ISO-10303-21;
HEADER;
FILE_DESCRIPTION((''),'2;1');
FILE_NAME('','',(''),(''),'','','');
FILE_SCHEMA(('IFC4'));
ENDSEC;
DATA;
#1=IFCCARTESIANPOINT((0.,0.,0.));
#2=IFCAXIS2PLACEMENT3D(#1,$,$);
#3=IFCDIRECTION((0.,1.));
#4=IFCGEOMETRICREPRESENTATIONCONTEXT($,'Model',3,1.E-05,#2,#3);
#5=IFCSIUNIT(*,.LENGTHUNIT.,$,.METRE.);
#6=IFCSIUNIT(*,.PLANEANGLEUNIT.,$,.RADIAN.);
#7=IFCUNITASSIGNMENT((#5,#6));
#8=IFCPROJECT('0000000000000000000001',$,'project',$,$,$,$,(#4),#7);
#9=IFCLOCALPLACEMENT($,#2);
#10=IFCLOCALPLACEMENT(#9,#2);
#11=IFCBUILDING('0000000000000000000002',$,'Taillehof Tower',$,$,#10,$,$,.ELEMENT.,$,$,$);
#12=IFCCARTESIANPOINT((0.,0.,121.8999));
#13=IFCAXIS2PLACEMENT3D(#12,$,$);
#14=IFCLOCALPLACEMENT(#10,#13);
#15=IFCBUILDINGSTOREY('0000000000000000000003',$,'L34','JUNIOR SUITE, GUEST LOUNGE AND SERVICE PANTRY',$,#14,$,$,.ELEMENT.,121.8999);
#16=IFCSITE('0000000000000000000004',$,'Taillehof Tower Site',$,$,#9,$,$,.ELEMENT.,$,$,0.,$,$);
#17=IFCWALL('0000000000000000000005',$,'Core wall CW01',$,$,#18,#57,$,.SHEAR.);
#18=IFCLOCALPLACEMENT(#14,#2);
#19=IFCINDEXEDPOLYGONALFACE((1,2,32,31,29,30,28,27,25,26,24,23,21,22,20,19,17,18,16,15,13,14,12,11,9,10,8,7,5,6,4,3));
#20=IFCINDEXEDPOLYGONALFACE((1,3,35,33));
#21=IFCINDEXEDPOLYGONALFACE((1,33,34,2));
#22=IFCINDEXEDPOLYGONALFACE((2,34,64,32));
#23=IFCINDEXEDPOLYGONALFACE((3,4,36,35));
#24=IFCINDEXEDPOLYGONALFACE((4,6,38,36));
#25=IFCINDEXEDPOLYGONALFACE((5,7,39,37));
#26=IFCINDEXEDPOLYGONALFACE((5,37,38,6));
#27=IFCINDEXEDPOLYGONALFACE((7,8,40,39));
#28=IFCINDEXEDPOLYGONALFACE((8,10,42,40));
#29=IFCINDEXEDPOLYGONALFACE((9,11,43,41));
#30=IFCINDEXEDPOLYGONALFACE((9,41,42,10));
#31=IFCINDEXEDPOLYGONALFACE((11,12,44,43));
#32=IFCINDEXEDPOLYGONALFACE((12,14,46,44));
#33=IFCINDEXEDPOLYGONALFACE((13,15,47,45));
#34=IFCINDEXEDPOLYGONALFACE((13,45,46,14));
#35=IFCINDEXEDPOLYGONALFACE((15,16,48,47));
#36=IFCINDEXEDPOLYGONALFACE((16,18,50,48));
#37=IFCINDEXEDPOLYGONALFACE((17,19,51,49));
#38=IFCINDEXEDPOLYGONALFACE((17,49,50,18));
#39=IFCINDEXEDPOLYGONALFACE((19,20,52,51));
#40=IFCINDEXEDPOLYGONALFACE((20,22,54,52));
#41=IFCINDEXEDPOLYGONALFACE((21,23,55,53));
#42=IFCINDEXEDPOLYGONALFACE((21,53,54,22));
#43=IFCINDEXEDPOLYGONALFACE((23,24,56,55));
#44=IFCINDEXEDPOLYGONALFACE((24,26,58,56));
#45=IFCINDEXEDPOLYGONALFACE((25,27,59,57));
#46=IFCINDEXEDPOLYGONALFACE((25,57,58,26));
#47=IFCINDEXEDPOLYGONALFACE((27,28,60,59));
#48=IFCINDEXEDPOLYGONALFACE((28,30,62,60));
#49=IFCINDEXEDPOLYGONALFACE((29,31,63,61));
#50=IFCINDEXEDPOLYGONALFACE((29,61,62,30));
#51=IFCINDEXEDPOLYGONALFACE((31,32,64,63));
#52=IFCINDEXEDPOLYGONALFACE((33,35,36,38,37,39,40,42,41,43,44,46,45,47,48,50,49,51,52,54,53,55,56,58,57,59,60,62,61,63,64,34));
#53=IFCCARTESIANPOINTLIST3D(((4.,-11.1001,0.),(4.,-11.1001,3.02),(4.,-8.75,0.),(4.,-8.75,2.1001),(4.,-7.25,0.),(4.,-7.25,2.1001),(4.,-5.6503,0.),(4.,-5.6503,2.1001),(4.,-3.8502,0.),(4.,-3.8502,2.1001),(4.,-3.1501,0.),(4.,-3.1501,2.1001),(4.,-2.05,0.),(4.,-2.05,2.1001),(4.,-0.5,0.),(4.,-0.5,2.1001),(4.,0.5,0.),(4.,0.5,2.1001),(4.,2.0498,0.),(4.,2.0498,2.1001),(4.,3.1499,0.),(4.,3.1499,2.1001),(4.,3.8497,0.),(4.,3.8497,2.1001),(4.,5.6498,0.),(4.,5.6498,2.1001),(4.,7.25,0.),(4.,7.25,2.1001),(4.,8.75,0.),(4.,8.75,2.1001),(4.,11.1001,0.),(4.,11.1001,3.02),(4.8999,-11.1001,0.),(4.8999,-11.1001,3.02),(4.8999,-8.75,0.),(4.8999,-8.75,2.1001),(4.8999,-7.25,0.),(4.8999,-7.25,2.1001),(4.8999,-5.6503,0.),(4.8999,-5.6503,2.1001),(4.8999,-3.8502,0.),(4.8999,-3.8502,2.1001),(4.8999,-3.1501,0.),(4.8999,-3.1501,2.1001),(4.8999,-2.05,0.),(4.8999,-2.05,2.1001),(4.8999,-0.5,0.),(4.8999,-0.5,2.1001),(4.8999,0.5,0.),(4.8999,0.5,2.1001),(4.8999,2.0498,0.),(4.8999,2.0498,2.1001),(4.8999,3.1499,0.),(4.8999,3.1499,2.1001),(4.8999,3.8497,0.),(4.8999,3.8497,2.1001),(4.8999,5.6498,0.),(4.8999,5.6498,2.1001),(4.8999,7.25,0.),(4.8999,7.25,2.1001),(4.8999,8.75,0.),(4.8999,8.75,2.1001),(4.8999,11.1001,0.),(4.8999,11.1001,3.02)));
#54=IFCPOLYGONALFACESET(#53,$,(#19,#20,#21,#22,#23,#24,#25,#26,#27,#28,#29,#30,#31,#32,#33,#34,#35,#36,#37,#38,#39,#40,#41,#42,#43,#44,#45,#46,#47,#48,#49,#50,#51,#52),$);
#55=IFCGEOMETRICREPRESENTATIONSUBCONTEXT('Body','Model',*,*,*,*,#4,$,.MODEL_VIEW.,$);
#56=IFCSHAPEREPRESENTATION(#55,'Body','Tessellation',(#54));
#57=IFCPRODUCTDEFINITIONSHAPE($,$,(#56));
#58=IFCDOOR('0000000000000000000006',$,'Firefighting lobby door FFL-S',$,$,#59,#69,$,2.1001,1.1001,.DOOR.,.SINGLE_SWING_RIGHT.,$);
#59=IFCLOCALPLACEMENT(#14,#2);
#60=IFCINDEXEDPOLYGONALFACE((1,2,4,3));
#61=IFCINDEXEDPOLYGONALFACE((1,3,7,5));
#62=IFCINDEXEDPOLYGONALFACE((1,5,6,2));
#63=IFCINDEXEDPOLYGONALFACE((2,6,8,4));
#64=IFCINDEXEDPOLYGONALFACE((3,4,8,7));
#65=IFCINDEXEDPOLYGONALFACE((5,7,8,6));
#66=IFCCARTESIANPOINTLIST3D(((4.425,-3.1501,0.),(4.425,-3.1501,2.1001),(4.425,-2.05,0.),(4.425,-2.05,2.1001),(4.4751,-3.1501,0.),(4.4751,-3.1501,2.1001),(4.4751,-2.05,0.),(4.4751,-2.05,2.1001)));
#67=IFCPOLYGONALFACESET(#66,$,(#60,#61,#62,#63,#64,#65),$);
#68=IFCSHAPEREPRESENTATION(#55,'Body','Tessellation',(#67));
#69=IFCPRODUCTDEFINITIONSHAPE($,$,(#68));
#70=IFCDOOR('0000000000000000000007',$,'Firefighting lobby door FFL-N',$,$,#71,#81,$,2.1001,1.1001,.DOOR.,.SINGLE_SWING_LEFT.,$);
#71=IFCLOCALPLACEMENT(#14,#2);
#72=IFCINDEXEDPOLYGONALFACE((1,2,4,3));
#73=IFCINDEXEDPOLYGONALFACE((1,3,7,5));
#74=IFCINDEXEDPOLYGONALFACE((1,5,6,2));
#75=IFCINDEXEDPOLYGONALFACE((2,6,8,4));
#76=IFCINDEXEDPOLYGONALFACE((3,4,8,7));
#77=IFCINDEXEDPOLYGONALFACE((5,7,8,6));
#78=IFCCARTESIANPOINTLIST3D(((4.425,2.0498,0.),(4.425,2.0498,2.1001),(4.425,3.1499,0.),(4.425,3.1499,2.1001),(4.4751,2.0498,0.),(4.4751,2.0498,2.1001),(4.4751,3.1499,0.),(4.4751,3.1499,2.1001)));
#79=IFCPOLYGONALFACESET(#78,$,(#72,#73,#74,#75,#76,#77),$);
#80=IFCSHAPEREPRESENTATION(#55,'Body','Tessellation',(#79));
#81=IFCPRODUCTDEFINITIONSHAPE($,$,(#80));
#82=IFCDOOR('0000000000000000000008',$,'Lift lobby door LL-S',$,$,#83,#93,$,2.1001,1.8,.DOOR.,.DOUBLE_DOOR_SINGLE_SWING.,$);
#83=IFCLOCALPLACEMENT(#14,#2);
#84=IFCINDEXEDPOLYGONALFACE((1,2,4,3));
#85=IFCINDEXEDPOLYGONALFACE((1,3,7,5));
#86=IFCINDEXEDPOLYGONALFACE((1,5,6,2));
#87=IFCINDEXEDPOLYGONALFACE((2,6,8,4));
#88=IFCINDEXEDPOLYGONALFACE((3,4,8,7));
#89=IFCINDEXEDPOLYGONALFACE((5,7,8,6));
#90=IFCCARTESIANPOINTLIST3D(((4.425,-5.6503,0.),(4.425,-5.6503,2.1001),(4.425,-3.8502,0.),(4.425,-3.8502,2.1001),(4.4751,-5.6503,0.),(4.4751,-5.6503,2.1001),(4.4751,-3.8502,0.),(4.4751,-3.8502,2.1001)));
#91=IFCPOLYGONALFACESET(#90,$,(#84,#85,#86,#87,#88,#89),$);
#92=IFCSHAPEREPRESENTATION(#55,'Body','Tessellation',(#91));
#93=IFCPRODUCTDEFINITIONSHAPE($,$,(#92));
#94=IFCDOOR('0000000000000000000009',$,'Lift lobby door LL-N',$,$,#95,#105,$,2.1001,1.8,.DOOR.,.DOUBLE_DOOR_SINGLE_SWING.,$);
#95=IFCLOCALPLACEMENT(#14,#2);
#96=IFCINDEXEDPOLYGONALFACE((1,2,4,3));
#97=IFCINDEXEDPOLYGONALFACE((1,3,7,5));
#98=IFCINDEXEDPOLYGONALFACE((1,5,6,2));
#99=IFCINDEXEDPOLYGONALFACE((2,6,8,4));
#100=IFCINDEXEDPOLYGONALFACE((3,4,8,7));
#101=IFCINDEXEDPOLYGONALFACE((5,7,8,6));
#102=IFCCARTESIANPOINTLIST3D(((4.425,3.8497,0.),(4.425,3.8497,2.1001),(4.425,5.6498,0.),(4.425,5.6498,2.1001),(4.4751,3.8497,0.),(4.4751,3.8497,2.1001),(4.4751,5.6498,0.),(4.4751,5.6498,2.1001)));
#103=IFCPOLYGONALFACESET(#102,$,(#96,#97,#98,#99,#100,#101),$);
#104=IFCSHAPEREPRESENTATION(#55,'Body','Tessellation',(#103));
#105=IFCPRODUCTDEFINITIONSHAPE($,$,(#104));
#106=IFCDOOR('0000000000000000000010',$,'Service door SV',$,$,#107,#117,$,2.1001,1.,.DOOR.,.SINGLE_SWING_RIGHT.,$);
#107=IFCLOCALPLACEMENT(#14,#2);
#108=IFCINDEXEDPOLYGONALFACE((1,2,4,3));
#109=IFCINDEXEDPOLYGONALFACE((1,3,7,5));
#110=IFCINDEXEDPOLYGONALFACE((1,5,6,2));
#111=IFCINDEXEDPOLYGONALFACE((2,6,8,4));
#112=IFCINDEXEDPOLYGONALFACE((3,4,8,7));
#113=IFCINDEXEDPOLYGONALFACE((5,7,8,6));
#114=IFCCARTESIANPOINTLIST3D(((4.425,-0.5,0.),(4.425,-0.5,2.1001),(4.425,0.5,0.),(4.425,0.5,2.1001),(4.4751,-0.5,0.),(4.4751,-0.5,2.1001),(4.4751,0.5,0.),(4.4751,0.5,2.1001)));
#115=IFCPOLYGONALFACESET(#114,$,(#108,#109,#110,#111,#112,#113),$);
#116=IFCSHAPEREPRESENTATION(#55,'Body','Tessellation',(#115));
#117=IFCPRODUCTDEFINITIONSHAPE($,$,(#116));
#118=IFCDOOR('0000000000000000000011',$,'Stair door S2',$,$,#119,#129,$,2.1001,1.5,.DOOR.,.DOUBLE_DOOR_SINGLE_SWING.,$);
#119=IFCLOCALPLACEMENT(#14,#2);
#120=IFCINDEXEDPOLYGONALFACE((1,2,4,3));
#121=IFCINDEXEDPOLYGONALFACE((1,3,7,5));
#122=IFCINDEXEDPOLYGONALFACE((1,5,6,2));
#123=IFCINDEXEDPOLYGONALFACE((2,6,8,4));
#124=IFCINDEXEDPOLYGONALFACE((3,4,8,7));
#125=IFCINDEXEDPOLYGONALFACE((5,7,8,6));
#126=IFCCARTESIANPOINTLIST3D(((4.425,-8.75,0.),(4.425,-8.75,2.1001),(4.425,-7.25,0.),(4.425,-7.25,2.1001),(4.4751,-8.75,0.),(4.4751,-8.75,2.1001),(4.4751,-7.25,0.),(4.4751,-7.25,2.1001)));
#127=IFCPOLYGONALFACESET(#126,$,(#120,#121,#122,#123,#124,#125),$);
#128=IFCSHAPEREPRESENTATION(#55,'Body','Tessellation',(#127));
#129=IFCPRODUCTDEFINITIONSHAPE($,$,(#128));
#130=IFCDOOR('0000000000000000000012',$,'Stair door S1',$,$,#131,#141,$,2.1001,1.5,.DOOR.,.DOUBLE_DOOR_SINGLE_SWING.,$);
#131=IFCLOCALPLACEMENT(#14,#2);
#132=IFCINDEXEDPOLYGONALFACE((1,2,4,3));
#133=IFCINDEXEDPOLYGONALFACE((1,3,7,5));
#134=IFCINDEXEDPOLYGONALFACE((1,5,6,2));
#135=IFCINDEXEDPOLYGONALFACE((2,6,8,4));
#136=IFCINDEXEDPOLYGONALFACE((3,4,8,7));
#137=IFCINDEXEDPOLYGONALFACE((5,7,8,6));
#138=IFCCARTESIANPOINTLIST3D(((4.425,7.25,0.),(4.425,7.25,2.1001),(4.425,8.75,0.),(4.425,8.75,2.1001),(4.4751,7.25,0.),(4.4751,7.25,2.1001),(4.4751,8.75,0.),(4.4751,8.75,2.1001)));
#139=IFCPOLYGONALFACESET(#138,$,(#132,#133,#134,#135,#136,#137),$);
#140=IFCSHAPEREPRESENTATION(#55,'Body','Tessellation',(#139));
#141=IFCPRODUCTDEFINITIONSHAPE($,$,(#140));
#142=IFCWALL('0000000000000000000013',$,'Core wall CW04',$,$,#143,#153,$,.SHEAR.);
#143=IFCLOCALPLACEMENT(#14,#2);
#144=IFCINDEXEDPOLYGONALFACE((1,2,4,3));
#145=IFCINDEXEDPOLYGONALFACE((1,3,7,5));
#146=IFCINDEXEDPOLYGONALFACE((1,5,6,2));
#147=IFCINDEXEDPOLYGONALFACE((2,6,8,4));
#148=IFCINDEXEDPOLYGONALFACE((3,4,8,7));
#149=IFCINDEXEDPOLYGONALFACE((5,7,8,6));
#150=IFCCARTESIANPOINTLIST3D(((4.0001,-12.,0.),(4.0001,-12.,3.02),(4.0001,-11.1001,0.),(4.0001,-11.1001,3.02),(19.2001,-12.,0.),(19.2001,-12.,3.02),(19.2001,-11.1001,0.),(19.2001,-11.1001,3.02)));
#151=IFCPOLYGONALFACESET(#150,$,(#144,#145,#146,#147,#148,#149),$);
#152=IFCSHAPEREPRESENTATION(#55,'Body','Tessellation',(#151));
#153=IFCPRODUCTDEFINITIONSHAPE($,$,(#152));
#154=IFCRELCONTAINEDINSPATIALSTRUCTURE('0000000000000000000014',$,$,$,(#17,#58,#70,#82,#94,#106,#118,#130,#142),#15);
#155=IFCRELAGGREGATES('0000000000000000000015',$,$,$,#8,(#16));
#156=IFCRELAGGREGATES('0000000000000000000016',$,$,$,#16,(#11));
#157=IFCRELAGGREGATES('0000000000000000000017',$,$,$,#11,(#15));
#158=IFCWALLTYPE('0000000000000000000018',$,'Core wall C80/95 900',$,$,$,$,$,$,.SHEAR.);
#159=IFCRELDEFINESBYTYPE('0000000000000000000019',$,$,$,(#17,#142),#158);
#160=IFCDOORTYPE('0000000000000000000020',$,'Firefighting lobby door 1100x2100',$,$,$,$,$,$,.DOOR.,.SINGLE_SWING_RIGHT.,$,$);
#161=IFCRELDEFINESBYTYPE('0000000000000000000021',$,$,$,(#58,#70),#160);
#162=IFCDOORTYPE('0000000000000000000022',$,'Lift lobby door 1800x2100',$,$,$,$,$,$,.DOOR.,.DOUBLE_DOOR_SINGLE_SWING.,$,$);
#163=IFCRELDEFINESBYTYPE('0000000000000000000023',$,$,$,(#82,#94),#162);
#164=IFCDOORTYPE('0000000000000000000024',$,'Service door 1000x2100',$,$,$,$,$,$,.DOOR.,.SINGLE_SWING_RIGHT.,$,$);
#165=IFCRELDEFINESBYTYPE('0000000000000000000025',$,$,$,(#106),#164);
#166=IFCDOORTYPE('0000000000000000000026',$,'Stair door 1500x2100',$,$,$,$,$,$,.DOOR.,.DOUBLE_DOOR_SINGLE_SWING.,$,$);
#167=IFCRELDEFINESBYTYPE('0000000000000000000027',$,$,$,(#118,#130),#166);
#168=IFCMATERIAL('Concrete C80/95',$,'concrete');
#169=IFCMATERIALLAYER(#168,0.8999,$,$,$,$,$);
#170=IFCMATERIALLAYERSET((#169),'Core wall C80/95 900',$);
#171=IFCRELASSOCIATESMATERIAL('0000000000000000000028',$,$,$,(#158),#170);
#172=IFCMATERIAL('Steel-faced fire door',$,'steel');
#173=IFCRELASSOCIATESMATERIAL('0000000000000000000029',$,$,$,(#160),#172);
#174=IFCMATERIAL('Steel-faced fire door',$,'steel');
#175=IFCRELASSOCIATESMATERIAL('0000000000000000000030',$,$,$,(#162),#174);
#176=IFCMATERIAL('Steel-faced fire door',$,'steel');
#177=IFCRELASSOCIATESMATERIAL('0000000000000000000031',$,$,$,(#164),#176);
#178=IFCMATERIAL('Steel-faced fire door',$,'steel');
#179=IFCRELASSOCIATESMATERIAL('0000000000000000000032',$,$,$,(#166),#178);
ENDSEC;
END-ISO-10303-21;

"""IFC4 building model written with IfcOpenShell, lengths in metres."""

from ifc_helpers import new_model, si_unit, direction, frame, frame_2d, origin, place, context, subcontext, project, spatial, rectangle, extrude, material, layer, layer_set, type_object, element, fill, save


model = new_model("IFC4")

# Units and contexts
model_context = context("Model", 3, precision=1e-05, world=origin(), true_north=direction((0.0, 1.0)))
body_context = subcontext(model_context, "Body", "Model", "MODEL_VIEW")
ifc_project = project(units=[si_unit("LENGTHUNIT", "METRE"), si_unit("PLANEANGLEUNIT", "RADIAN")], contexts=[model_context])

# Site, building, storey
site_placement = place(None, origin())
site = spatial("IfcSite", under=ifc_project, at=site_placement, Name="Taillehof Tower Site", CompositionType="ELEMENT", RefElevation=0.0)
building_placement = place(site_placement, origin())
building = spatial("IfcBuilding", under=site, at=building_placement, Name="Taillehof Tower", CompositionType="ELEMENT")
storey_placement = place(building_placement, frame((0.0, 0.0, 121.8999)))
storey = spatial("IfcBuildingStorey", under=building, at=storey_placement, Name="L34", Description="JUNIOR SUITE, GUEST LOUNGE AND SERVICE PANTRY", CompositionType="ELEMENT", Elevation=121.8999)

# Wall, openings, doors
ifc_material_1 = material(Name="Concrete C80/95", Category="concrete")
ifc_layer_1 = layer(ifc_material_1, 0.8999)
ifc_layer_set_1 = layer_set([ifc_layer_1], Name="Core wall C80/95 900")
wall_type_1 = type_object("IfcWallType", Name="Core wall C80/95 900", PredefinedType="SHEAR", material=ifc_layer_set_1)
wall_1_placement = place(storey_placement, frame((4.45, -11.1001, 0.0), z_axis=(0.0, 0.0, 1.0), x_axis=(0.0, 1.0, 0.0)))
wall_1 = element("IfcWall", 1, at=wall_1_placement, inside=storey, type_object=wall_type_1, Name="Core wall CW01", PredefinedType="SHEAR", context=body_context, shape_type="SweptSolid", body=[
    extrude(rectangle(XDim=22.2002, YDim=0.8999, at=frame_2d((11.1001, 0.0))), origin(), (0.0, 0.0, 1.0), 3.02),
])
opening_1_placement = place(wall_1_placement, frame((2.3501, 0.0, 0.0)))
opening_1 = element("IfcOpeningElement", 2, at=opening_1_placement, cuts=wall_1, PredefinedType="OPENING", context=body_context, shape_type="SweptSolid", body=[
    extrude(rectangle(XDim=1.5, YDim=2.1001, at=frame_2d((0.75, 1.05))), frame((0.0, 0.46, 0.0), z_axis=(0.0, -1.0, 0.0), x_axis=(1.0, 0.0, 0.0)), (0.0, 0.0, 1.0), 0.9199),
])
opening_2_placement = place(wall_1_placement, frame((5.45, 0.0, 0.0)))
opening_2 = element("IfcOpeningElement", 3, at=opening_2_placement, cuts=wall_1, PredefinedType="OPENING", context=body_context, shape_type="SweptSolid", body=[
    extrude(rectangle(XDim=1.8, YDim=2.1001, at=frame_2d((0.8999, 1.05))), frame((0.0, 0.46, 0.0), z_axis=(0.0, -1.0, 0.0), x_axis=(1.0, 0.0, 0.0)), (0.0, 0.0, 1.0), 0.9199),
])
opening_3_placement = place(wall_1_placement, frame((7.95, 0.0, 0.0)))
opening_3 = element("IfcOpeningElement", 4, at=opening_3_placement, cuts=wall_1, PredefinedType="OPENING", context=body_context, shape_type="SweptSolid", body=[
    extrude(rectangle(XDim=1.1001, YDim=2.1001, at=frame_2d((0.55, 1.05))), frame((0.0, 0.46, 0.0), z_axis=(0.0, -1.0, 0.0), x_axis=(1.0, 0.0, 0.0)), (0.0, 0.0, 1.0), 0.9199),
])
opening_4_placement = place(wall_1_placement, frame((10.6001, 0.0, 0.0)))
opening_4 = element("IfcOpeningElement", 5, at=opening_4_placement, cuts=wall_1, PredefinedType="OPENING", context=body_context, shape_type="SweptSolid", body=[
    extrude(rectangle(XDim=1.0, YDim=2.1001, at=frame_2d((0.5, 1.05))), frame((0.0, 0.46, 0.0), z_axis=(0.0, -1.0, 0.0), x_axis=(1.0, 0.0, 0.0)), (0.0, 0.0, 1.0), 0.9199),
])
opening_5_placement = place(wall_1_placement, frame((13.1499, 0.0, 0.0)))
opening_5 = element("IfcOpeningElement", 6, at=opening_5_placement, cuts=wall_1, PredefinedType="OPENING", context=body_context, shape_type="SweptSolid", body=[
    extrude(rectangle(XDim=1.1001, YDim=2.1001, at=frame_2d((0.55, 1.05))), frame((0.0, 0.46, 0.0), z_axis=(0.0, -1.0, 0.0), x_axis=(1.0, 0.0, 0.0)), (0.0, 0.0, 1.0), 0.9199),
])
opening_6_placement = place(wall_1_placement, frame((14.95, 0.0, 0.0)))
opening_6 = element("IfcOpeningElement", 7, at=opening_6_placement, cuts=wall_1, PredefinedType="OPENING", context=body_context, shape_type="SweptSolid", body=[
    extrude(rectangle(XDim=1.8, YDim=2.1001, at=frame_2d((0.8999, 1.05))), frame((0.0, 0.46, 0.0), z_axis=(0.0, -1.0, 0.0), x_axis=(1.0, 0.0, 0.0)), (0.0, 0.0, 1.0), 0.9199),
])
opening_7_placement = place(wall_1_placement, frame((18.3501, 0.0, 0.0)))
opening_7 = element("IfcOpeningElement", 8, at=opening_7_placement, cuts=wall_1, PredefinedType="OPENING", context=body_context, shape_type="SweptSolid", body=[
    extrude(rectangle(XDim=1.5, YDim=2.1001, at=frame_2d((0.75, 1.05))), frame((0.0, 0.46, 0.0), z_axis=(0.0, -1.0, 0.0), x_axis=(1.0, 0.0, 0.0)), (0.0, 0.0, 1.0), 0.9199),
])
ifc_material_2 = material(Name="Steel-faced fire door", Category="steel")
door_type_1 = type_object("IfcDoorType", Name="Firefighting lobby door 1100x2100", OperationType="SINGLE_SWING_RIGHT", PredefinedType="DOOR", material=ifc_material_2)
door_1_placement = place(opening_3_placement, origin())
door_1 = element("IfcDoor", 9, at=door_1_placement, inside=storey, type_object=door_type_1, Name="Firefighting lobby door FFL-S", OperationType="SINGLE_SWING_RIGHT", OverallHeight=2.1001, OverallWidth=1.1001, PredefinedType="DOOR", context=body_context, shape_type="SweptSolid", body=[
    extrude(rectangle(XDim=1.1001, YDim=2.1001, at=frame_2d((0.55, 1.05))), frame((0.0, 0.0249, 0.0), z_axis=(0.0, -1.0, 0.0), x_axis=(1.0, 0.0, 0.0)), (0.0, 0.0, 1.0), 0.05),
])
fill(opening_3, door_1)
door_2_placement = place(opening_5_placement, origin())
door_2 = element("IfcDoor", 10, at=door_2_placement, inside=storey, type_object=door_type_1, Name="Firefighting lobby door FFL-N", OperationType="SINGLE_SWING_LEFT", OverallHeight=2.1001, OverallWidth=1.1001, PredefinedType="DOOR", context=body_context, shape_type="SweptSolid", body=[
    extrude(rectangle(XDim=1.1001, YDim=2.1001, at=frame_2d((0.55, 1.05))), frame((0.0, 0.0249, 0.0), z_axis=(0.0, -1.0, 0.0), x_axis=(1.0, 0.0, 0.0)), (0.0, 0.0, 1.0), 0.05),
])
fill(opening_5, door_2)
ifc_material_3 = material(Name="Steel-faced fire door", Category="steel")
door_type_2 = type_object("IfcDoorType", Name="Lift lobby door 1800x2100", OperationType="DOUBLE_DOOR_SINGLE_SWING", PredefinedType="DOOR", material=ifc_material_3)
door_3_placement = place(opening_2_placement, origin())
door_3 = element("IfcDoor", 11, at=door_3_placement, inside=storey, type_object=door_type_2, Name="Lift lobby door LL-S", OperationType="DOUBLE_DOOR_SINGLE_SWING", OverallHeight=2.1001, OverallWidth=1.8, PredefinedType="DOOR", context=body_context, shape_type="SweptSolid", body=[
    extrude(rectangle(XDim=1.8, YDim=2.1001, at=frame_2d((0.8999, 1.05))), frame((0.0, 0.0249, 0.0), z_axis=(0.0, -1.0, 0.0), x_axis=(1.0, 0.0, 0.0)), (0.0, 0.0, 1.0), 0.05),
])
fill(opening_2, door_3)
door_4_placement = place(opening_6_placement, origin())
door_4 = element("IfcDoor", 12, at=door_4_placement, inside=storey, type_object=door_type_2, Name="Lift lobby door LL-N", OperationType="DOUBLE_DOOR_SINGLE_SWING", OverallHeight=2.1001, OverallWidth=1.8, PredefinedType="DOOR", context=body_context, shape_type="SweptSolid", body=[
    extrude(rectangle(XDim=1.8, YDim=2.1001, at=frame_2d((0.8999, 1.05))), frame((0.0, 0.0249, 0.0), z_axis=(0.0, -1.0, 0.0), x_axis=(1.0, 0.0, 0.0)), (0.0, 0.0, 1.0), 0.05),
])
fill(opening_6, door_4)
ifc_material_4 = material(Name="Steel-faced fire door", Category="steel")
door_type_3 = type_object("IfcDoorType", Name="Service door 1000x2100", OperationType="SINGLE_SWING_RIGHT", PredefinedType="DOOR", material=ifc_material_4)
door_5_placement = place(opening_4_placement, origin())
door_5 = element("IfcDoor", 13, at=door_5_placement, inside=storey, type_object=door_type_3, Name="Service door SV", OperationType="SINGLE_SWING_RIGHT", OverallHeight=2.1001, OverallWidth=1.0, PredefinedType="DOOR", context=body_context, shape_type="SweptSolid", body=[
    extrude(rectangle(XDim=1.0, YDim=2.1001, at=frame_2d((0.5, 1.05))), frame((0.0, 0.0249, 0.0), z_axis=(0.0, -1.0, 0.0), x_axis=(1.0, 0.0, 0.0)), (0.0, 0.0, 1.0), 0.05),
])
fill(opening_4, door_5)
ifc_material_5 = material(Name="Steel-faced fire door", Category="steel")
door_type_4 = type_object("IfcDoorType", Name="Stair door 1500x2100", OperationType="DOUBLE_DOOR_SINGLE_SWING", PredefinedType="DOOR", material=ifc_material_5)
door_6_placement = place(opening_1_placement, origin())
door_6 = element("IfcDoor", 14, at=door_6_placement, inside=storey, type_object=door_type_4, Name="Stair door S2", OperationType="DOUBLE_DOOR_SINGLE_SWING", OverallHeight=2.1001, OverallWidth=1.5, PredefinedType="DOOR", context=body_context, shape_type="SweptSolid", body=[
    extrude(rectangle(XDim=1.5, YDim=2.1001, at=frame_2d((0.75, 1.05))), frame((0.0, 0.0249, 0.0), z_axis=(0.0, -1.0, 0.0), x_axis=(1.0, 0.0, 0.0)), (0.0, 0.0, 1.0), 0.05),
])
fill(opening_1, door_6)
door_7_placement = place(opening_7_placement, origin())
door_7 = element("IfcDoor", 15, at=door_7_placement, inside=storey, type_object=door_type_4, Name="Stair door S1", OperationType="DOUBLE_DOOR_SINGLE_SWING", OverallHeight=2.1001, OverallWidth=1.5, PredefinedType="DOOR", context=body_context, shape_type="SweptSolid", body=[
    extrude(rectangle(XDim=1.5, YDim=2.1001, at=frame_2d((0.75, 1.05))), frame((0.0, 0.0249, 0.0), z_axis=(0.0, -1.0, 0.0), x_axis=(1.0, 0.0, 0.0)), (0.0, 0.0, 1.0), 0.05),
])
fill(opening_7, door_7)

# Wall
wall_2_placement = place(storey_placement, frame((4.0, -11.55, 0.0), z_axis=(0.0, 0.0, 1.0), x_axis=(1.0, 0.0, 0.0)))
element("IfcWall", 16, at=wall_2_placement, inside=storey, type_object=wall_type_1, Name="Core wall CW04", PredefinedType="SHEAR", context=body_context, shape_type="SweptSolid", body=[
    extrude(rectangle(XDim=15.2, YDim=0.8999, at=frame_2d((7.6001, 0.0))), origin(), (0.0, 0.0, 1.0), 3.02),
])

save(model, "model.ifc")
